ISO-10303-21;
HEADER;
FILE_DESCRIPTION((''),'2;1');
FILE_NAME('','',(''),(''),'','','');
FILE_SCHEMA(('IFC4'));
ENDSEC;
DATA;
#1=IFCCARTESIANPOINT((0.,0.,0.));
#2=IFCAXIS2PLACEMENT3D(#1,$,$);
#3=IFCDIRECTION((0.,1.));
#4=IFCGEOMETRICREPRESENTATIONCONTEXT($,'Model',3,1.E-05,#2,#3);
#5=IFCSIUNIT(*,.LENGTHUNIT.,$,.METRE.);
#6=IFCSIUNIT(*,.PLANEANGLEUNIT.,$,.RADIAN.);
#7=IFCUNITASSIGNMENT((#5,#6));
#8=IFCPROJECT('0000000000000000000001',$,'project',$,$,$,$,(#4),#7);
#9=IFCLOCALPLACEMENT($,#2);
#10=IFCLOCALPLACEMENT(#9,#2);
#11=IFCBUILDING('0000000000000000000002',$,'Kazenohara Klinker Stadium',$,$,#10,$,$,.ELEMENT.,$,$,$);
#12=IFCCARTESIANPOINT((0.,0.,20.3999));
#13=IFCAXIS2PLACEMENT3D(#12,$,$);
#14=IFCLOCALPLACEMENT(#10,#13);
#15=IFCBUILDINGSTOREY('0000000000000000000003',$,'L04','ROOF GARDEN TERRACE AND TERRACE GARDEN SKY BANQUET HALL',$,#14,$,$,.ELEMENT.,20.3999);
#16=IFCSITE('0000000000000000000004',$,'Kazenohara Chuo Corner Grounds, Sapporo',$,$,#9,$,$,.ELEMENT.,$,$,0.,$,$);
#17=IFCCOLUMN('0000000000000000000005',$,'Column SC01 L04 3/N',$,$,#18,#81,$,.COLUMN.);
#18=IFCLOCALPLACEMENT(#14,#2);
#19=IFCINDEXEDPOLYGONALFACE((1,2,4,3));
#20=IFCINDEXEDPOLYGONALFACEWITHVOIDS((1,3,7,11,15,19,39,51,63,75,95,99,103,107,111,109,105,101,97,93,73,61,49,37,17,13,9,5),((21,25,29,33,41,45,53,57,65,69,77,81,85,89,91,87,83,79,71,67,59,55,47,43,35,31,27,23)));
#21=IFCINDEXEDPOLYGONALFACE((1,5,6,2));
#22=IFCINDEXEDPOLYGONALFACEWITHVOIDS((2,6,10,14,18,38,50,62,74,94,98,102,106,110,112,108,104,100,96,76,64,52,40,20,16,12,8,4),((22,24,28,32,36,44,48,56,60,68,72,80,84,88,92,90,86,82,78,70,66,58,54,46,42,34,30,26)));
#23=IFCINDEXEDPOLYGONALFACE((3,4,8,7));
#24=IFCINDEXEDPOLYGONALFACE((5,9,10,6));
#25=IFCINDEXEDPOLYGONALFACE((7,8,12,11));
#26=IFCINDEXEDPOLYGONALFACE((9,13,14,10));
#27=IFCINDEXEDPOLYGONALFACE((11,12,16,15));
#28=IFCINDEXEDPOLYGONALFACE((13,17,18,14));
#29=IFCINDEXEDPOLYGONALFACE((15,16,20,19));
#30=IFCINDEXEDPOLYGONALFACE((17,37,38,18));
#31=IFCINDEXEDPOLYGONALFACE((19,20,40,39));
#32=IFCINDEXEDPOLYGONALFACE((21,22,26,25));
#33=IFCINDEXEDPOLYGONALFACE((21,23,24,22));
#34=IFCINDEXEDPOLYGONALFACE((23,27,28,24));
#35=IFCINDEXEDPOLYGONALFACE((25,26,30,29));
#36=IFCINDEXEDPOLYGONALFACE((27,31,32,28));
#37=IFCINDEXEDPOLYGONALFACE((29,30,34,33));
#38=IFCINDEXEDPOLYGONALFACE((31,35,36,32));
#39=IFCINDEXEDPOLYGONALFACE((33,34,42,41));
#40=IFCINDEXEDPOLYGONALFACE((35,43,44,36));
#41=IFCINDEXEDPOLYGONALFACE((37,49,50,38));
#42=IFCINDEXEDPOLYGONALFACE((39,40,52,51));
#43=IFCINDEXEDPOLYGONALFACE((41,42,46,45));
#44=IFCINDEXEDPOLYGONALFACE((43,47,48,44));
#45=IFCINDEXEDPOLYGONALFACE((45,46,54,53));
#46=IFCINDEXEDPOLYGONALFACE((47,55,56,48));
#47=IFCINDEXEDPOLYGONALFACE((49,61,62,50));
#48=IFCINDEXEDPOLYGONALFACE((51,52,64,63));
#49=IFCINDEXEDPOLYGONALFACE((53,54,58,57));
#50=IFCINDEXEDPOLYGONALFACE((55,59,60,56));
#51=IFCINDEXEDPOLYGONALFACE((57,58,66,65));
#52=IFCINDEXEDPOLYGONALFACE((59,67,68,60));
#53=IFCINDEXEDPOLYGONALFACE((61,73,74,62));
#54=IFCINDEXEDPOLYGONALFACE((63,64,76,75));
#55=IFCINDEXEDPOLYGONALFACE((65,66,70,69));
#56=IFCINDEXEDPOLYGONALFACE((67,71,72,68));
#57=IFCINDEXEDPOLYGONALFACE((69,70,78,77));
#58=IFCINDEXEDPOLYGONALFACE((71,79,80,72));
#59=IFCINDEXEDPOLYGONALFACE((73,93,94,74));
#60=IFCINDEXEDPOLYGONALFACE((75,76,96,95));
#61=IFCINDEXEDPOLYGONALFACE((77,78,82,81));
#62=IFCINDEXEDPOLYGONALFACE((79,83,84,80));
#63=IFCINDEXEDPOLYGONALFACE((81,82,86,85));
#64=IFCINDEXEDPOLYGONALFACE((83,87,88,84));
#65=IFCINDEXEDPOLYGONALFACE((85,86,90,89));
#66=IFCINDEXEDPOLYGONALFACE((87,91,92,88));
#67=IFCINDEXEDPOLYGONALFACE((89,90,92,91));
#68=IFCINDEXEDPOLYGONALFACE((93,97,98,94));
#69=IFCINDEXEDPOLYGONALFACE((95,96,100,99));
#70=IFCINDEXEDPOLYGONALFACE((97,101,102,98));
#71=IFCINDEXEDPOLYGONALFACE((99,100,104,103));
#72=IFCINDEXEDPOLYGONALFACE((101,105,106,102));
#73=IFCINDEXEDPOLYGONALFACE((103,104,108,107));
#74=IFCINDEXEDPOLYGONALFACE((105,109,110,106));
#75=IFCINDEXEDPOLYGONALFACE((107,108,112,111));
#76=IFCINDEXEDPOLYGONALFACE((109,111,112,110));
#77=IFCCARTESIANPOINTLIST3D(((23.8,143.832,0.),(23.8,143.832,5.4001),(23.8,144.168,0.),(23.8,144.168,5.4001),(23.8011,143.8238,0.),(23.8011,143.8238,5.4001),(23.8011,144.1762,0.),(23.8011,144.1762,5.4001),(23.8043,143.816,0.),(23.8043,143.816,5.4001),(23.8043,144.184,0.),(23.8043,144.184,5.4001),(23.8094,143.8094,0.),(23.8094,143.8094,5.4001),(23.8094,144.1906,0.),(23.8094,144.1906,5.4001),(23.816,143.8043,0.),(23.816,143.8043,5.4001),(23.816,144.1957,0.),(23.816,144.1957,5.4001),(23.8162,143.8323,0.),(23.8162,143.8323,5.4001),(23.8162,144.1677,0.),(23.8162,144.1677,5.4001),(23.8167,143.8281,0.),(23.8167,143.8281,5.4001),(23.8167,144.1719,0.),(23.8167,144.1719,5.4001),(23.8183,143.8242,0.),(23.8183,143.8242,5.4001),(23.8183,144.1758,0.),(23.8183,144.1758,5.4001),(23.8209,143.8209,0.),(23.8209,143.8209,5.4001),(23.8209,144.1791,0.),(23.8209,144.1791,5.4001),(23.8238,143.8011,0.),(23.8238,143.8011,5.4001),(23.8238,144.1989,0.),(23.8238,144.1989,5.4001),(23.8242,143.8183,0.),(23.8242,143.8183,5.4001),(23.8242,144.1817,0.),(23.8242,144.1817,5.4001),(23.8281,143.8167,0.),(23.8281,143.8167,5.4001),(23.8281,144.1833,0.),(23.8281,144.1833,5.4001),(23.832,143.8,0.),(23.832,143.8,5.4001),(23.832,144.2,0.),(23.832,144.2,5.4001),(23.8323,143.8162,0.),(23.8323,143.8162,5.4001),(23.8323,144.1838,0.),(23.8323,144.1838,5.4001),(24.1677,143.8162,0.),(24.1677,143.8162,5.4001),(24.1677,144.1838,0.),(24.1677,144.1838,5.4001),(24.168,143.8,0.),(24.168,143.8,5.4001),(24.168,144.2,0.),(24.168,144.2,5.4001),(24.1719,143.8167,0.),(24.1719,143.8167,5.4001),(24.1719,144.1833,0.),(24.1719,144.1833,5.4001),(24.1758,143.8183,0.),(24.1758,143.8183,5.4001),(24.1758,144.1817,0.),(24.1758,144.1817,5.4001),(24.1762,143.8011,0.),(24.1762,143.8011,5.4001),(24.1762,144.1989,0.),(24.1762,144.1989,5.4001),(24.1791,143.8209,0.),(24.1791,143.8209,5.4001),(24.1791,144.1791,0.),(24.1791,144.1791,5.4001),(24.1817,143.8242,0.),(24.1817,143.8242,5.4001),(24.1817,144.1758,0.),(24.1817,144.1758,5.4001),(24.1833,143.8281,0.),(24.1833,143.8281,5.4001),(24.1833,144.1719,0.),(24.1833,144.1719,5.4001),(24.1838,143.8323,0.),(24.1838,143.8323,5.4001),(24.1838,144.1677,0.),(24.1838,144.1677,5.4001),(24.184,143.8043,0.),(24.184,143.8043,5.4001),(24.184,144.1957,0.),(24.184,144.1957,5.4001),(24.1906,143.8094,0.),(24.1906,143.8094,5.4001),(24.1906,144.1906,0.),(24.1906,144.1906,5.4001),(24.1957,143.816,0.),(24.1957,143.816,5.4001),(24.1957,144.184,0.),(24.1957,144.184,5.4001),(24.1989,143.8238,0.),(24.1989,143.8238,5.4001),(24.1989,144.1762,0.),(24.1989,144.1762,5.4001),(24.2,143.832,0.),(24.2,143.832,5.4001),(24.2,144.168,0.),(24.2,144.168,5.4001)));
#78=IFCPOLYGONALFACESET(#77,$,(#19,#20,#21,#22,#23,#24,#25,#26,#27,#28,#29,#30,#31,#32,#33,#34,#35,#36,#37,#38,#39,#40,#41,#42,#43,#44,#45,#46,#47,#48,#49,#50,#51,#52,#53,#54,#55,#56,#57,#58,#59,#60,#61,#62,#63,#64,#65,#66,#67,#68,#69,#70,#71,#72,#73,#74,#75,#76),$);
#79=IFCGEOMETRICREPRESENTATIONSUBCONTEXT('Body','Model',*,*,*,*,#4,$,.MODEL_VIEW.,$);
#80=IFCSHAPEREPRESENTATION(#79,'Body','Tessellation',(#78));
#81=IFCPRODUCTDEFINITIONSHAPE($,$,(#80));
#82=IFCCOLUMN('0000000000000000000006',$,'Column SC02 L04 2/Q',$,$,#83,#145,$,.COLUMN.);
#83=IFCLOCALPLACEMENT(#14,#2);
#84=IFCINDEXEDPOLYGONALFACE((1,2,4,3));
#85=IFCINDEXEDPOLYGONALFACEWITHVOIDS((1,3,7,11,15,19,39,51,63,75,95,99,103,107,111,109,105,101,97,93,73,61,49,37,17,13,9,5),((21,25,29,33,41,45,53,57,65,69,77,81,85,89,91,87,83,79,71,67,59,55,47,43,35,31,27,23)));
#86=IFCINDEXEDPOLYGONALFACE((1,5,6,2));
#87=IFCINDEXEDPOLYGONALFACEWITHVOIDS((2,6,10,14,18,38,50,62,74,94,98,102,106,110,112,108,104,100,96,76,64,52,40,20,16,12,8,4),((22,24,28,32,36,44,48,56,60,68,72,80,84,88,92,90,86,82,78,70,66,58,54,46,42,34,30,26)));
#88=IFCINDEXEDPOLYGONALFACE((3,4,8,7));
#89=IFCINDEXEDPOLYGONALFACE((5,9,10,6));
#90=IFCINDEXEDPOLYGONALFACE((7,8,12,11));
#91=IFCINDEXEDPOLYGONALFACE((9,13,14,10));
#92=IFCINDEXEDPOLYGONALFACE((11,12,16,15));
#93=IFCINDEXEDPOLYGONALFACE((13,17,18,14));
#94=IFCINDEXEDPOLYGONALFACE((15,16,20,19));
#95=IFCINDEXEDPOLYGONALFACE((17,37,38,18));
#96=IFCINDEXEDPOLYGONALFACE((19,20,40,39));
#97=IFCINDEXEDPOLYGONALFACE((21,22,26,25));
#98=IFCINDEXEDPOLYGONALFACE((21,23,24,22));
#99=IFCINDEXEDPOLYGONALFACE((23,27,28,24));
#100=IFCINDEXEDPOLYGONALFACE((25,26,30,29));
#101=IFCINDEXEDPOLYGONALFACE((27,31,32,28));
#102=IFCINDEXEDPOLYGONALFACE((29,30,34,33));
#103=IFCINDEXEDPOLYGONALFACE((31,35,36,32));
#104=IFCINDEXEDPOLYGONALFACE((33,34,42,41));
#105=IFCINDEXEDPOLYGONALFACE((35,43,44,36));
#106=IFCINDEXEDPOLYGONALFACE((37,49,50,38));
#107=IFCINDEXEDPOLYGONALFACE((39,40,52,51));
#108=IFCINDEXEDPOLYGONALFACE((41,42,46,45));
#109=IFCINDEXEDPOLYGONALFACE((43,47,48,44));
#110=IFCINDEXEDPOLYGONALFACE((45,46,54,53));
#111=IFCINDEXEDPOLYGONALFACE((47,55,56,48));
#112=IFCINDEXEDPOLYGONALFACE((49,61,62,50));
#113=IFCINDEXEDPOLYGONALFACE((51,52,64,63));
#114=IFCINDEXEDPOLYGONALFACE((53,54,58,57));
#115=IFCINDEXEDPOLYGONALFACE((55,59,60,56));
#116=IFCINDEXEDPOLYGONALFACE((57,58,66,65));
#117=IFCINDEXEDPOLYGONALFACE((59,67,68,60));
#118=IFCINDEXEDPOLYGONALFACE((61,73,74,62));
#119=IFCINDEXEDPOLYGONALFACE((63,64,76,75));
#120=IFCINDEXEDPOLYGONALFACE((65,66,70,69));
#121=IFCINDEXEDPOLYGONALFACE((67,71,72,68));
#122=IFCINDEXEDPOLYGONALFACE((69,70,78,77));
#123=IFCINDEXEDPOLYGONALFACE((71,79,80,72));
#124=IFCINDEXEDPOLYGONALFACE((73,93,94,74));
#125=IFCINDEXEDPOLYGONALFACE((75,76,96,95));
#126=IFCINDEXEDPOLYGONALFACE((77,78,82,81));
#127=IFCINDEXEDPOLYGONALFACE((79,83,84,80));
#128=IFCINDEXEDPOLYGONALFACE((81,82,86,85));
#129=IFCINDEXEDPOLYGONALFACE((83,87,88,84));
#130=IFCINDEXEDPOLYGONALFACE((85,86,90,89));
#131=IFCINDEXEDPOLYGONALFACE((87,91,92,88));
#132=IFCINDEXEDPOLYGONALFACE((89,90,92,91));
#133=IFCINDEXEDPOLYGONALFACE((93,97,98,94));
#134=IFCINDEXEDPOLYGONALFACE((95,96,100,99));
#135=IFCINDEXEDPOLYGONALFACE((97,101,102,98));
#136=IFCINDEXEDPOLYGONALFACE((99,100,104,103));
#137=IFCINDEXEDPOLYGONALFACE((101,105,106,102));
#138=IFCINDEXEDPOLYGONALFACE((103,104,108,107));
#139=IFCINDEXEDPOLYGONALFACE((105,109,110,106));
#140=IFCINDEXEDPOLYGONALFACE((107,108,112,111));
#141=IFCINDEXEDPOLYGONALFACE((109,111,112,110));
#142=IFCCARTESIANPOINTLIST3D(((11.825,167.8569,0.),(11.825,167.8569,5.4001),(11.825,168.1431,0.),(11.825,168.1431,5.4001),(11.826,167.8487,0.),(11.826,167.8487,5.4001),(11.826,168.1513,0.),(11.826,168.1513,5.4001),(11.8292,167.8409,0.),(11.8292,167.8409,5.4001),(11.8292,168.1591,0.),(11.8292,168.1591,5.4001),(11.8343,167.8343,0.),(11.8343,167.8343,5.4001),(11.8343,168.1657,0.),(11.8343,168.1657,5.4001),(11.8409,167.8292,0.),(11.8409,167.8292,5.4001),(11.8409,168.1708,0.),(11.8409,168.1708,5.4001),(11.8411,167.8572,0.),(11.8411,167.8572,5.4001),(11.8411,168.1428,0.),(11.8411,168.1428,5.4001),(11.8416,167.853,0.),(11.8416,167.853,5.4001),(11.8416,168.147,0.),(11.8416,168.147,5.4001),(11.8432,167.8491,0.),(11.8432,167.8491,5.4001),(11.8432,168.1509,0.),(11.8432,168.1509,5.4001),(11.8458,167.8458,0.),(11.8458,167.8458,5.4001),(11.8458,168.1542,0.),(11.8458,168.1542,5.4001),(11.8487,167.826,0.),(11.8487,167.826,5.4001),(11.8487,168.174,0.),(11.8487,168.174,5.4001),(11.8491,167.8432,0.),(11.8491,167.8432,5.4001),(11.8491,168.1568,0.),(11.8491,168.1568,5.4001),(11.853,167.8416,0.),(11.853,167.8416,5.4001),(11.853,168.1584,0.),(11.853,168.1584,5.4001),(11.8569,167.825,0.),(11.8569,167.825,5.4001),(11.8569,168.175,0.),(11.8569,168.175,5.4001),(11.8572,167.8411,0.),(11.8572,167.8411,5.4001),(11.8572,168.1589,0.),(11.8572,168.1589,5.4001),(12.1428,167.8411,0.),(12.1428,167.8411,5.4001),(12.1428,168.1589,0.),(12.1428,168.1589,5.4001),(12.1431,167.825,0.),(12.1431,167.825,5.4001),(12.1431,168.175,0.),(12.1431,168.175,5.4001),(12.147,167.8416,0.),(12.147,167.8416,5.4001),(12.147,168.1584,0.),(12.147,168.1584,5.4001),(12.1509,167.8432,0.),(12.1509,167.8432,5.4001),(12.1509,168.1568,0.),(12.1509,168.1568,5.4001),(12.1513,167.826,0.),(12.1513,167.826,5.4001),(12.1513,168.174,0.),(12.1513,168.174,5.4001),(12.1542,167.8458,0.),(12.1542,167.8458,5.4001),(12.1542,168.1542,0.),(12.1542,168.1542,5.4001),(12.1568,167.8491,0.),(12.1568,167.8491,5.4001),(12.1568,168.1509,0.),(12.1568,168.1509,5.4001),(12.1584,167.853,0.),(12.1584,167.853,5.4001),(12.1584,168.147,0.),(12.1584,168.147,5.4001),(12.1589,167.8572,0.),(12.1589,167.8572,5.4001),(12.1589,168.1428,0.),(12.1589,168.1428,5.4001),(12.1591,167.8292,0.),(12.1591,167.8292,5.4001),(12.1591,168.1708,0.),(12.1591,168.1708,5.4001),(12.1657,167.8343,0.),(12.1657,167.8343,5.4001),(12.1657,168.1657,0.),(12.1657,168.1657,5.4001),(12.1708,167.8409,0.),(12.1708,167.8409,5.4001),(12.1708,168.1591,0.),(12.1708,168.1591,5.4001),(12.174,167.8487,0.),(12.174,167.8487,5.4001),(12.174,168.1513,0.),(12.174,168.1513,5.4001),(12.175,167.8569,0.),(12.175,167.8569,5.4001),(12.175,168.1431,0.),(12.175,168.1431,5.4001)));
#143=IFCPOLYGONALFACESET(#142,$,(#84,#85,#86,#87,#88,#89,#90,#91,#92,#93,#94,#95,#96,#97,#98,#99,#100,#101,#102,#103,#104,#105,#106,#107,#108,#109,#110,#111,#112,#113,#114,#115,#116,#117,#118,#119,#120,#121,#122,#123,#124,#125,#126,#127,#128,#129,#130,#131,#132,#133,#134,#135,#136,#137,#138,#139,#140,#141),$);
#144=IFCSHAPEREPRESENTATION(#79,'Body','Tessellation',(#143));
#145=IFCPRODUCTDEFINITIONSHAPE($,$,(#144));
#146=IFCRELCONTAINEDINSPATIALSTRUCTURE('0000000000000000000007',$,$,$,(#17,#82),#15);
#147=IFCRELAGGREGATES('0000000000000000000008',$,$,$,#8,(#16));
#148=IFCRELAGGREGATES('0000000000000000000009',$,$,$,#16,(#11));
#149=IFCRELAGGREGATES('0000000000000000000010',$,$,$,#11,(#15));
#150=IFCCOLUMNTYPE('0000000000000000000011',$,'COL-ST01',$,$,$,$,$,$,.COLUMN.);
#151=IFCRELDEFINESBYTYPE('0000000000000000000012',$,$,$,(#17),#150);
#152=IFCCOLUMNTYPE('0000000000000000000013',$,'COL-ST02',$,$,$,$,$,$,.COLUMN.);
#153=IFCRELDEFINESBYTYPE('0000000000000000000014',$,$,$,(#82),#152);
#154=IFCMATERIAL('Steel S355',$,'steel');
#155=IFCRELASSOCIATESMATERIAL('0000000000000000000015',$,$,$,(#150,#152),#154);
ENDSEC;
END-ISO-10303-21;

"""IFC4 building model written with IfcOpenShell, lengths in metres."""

from ifc_helpers import new_model, si_unit, direction, frame, origin, origin_2d, place, context, subcontext, project, spatial, hollow_rectangle, extrude, material, material_profile, profile_set, type_object, element, save


model = new_model("IFC4")

# Units and contexts
model_context = context("Model", 3, precision=1e-05, world=origin(), true_north=direction((0.0, 1.0)))
body_context = subcontext(model_context, "Body", "Model", "MODEL_VIEW")
ifc_project = project(units=[si_unit("LENGTHUNIT", "METRE"), si_unit("PLANEANGLEUNIT", "RADIAN")], contexts=[model_context])

# Site, building, storey
site_placement = place(None, origin())
site = spatial("IfcSite", under=ifc_project, at=site_placement, Name="Kazenohara Chuo Corner Grounds, Sapporo", CompositionType="ELEMENT", RefElevation=0.0)
building_placement = place(site_placement, origin())
building = spatial("IfcBuilding", under=site, at=building_placement, Name="Kazenohara Klinker Stadium", CompositionType="ELEMENT")
storey_placement = place(building_placement, frame((0.0, 0.0, 20.3999)))
storey = spatial("IfcBuildingStorey", under=building, at=storey_placement, Name="L04", Description="ROOF GARDEN TERRACE AND TERRACE GARDEN SKY BANQUET HALL", CompositionType="ELEMENT", Elevation=20.3999)

# Columns
ifc_material_1 = material(Name="Steel S355", Category="steel")
ifc_material_profile_1 = material_profile(ifc_material_1, hollow_rectangle(XDim=0.3999, YDim=0.3999, WallThickness=0.0161, InnerFilletRadius=0.0161, OuterFilletRadius=0.032, at=origin_2d()), Name="SHS-400x400x16")
ifc_profile_set_1 = profile_set([ifc_material_profile_1], Name="Steel S355")
column_type_1 = type_object("IfcColumnType", Name="COL-ST01", PredefinedType="COLUMN", material=ifc_profile_set_1)
column_placement = place(storey_placement, frame((24.0, 144.0, 0.0), z_axis=(0.0, 0.0, 1.0), x_axis=(1.0, 0.0, 0.0)))
element("IfcColumn", 1, at=column_placement, inside=storey, type_object=column_type_1, Name="Column SC01 L04 3/N", PredefinedType="COLUMN", context=body_context, shape_type="SweptSolid", body=[
    extrude(hollow_rectangle(XDim=0.3999, YDim=0.3999, WallThickness=0.0161, InnerFilletRadius=0.0161, OuterFilletRadius=0.032, at=origin_2d()), origin(), (0.0, 0.0, 1.0), 5.4001),
])
ifc_material_profile_2 = material_profile(ifc_material_1, hollow_rectangle(XDim=0.3501, YDim=0.3501, WallThickness=0.0161, InnerFilletRadius=0.0161, OuterFilletRadius=0.032, at=origin_2d()), Name="SHS-350x350x16")
ifc_profile_set_2 = profile_set([ifc_material_profile_2], Name="Steel S355")
column_type_2 = type_object("IfcColumnType", Name="COL-ST02", PredefinedType="COLUMN", material=ifc_profile_set_2)
for number, where, z_axis, x_axis, name in (
    (2, (12.0, 168.0, 0.0), (0.0, 0.0, 1.0), (1.0, 0.0, 0.0), "Column SC02 L04 2/Q"),
):
    element("IfcColumn", number, at=place(storey_placement, frame(where, z_axis=z_axis, x_axis=x_axis)), inside=storey, type_object=column_type_2, Name=name, PredefinedType="COLUMN", context=body_context, shape_type="SweptSolid", body=[
        extrude(hollow_rectangle(XDim=0.3501, YDim=0.3501, WallThickness=0.0161, InnerFilletRadius=0.0161, OuterFilletRadius=0.032, at=origin_2d()), origin(), (0.0, 0.0, 1.0), 5.4001),
    ])

save(model, "model.ifc")
